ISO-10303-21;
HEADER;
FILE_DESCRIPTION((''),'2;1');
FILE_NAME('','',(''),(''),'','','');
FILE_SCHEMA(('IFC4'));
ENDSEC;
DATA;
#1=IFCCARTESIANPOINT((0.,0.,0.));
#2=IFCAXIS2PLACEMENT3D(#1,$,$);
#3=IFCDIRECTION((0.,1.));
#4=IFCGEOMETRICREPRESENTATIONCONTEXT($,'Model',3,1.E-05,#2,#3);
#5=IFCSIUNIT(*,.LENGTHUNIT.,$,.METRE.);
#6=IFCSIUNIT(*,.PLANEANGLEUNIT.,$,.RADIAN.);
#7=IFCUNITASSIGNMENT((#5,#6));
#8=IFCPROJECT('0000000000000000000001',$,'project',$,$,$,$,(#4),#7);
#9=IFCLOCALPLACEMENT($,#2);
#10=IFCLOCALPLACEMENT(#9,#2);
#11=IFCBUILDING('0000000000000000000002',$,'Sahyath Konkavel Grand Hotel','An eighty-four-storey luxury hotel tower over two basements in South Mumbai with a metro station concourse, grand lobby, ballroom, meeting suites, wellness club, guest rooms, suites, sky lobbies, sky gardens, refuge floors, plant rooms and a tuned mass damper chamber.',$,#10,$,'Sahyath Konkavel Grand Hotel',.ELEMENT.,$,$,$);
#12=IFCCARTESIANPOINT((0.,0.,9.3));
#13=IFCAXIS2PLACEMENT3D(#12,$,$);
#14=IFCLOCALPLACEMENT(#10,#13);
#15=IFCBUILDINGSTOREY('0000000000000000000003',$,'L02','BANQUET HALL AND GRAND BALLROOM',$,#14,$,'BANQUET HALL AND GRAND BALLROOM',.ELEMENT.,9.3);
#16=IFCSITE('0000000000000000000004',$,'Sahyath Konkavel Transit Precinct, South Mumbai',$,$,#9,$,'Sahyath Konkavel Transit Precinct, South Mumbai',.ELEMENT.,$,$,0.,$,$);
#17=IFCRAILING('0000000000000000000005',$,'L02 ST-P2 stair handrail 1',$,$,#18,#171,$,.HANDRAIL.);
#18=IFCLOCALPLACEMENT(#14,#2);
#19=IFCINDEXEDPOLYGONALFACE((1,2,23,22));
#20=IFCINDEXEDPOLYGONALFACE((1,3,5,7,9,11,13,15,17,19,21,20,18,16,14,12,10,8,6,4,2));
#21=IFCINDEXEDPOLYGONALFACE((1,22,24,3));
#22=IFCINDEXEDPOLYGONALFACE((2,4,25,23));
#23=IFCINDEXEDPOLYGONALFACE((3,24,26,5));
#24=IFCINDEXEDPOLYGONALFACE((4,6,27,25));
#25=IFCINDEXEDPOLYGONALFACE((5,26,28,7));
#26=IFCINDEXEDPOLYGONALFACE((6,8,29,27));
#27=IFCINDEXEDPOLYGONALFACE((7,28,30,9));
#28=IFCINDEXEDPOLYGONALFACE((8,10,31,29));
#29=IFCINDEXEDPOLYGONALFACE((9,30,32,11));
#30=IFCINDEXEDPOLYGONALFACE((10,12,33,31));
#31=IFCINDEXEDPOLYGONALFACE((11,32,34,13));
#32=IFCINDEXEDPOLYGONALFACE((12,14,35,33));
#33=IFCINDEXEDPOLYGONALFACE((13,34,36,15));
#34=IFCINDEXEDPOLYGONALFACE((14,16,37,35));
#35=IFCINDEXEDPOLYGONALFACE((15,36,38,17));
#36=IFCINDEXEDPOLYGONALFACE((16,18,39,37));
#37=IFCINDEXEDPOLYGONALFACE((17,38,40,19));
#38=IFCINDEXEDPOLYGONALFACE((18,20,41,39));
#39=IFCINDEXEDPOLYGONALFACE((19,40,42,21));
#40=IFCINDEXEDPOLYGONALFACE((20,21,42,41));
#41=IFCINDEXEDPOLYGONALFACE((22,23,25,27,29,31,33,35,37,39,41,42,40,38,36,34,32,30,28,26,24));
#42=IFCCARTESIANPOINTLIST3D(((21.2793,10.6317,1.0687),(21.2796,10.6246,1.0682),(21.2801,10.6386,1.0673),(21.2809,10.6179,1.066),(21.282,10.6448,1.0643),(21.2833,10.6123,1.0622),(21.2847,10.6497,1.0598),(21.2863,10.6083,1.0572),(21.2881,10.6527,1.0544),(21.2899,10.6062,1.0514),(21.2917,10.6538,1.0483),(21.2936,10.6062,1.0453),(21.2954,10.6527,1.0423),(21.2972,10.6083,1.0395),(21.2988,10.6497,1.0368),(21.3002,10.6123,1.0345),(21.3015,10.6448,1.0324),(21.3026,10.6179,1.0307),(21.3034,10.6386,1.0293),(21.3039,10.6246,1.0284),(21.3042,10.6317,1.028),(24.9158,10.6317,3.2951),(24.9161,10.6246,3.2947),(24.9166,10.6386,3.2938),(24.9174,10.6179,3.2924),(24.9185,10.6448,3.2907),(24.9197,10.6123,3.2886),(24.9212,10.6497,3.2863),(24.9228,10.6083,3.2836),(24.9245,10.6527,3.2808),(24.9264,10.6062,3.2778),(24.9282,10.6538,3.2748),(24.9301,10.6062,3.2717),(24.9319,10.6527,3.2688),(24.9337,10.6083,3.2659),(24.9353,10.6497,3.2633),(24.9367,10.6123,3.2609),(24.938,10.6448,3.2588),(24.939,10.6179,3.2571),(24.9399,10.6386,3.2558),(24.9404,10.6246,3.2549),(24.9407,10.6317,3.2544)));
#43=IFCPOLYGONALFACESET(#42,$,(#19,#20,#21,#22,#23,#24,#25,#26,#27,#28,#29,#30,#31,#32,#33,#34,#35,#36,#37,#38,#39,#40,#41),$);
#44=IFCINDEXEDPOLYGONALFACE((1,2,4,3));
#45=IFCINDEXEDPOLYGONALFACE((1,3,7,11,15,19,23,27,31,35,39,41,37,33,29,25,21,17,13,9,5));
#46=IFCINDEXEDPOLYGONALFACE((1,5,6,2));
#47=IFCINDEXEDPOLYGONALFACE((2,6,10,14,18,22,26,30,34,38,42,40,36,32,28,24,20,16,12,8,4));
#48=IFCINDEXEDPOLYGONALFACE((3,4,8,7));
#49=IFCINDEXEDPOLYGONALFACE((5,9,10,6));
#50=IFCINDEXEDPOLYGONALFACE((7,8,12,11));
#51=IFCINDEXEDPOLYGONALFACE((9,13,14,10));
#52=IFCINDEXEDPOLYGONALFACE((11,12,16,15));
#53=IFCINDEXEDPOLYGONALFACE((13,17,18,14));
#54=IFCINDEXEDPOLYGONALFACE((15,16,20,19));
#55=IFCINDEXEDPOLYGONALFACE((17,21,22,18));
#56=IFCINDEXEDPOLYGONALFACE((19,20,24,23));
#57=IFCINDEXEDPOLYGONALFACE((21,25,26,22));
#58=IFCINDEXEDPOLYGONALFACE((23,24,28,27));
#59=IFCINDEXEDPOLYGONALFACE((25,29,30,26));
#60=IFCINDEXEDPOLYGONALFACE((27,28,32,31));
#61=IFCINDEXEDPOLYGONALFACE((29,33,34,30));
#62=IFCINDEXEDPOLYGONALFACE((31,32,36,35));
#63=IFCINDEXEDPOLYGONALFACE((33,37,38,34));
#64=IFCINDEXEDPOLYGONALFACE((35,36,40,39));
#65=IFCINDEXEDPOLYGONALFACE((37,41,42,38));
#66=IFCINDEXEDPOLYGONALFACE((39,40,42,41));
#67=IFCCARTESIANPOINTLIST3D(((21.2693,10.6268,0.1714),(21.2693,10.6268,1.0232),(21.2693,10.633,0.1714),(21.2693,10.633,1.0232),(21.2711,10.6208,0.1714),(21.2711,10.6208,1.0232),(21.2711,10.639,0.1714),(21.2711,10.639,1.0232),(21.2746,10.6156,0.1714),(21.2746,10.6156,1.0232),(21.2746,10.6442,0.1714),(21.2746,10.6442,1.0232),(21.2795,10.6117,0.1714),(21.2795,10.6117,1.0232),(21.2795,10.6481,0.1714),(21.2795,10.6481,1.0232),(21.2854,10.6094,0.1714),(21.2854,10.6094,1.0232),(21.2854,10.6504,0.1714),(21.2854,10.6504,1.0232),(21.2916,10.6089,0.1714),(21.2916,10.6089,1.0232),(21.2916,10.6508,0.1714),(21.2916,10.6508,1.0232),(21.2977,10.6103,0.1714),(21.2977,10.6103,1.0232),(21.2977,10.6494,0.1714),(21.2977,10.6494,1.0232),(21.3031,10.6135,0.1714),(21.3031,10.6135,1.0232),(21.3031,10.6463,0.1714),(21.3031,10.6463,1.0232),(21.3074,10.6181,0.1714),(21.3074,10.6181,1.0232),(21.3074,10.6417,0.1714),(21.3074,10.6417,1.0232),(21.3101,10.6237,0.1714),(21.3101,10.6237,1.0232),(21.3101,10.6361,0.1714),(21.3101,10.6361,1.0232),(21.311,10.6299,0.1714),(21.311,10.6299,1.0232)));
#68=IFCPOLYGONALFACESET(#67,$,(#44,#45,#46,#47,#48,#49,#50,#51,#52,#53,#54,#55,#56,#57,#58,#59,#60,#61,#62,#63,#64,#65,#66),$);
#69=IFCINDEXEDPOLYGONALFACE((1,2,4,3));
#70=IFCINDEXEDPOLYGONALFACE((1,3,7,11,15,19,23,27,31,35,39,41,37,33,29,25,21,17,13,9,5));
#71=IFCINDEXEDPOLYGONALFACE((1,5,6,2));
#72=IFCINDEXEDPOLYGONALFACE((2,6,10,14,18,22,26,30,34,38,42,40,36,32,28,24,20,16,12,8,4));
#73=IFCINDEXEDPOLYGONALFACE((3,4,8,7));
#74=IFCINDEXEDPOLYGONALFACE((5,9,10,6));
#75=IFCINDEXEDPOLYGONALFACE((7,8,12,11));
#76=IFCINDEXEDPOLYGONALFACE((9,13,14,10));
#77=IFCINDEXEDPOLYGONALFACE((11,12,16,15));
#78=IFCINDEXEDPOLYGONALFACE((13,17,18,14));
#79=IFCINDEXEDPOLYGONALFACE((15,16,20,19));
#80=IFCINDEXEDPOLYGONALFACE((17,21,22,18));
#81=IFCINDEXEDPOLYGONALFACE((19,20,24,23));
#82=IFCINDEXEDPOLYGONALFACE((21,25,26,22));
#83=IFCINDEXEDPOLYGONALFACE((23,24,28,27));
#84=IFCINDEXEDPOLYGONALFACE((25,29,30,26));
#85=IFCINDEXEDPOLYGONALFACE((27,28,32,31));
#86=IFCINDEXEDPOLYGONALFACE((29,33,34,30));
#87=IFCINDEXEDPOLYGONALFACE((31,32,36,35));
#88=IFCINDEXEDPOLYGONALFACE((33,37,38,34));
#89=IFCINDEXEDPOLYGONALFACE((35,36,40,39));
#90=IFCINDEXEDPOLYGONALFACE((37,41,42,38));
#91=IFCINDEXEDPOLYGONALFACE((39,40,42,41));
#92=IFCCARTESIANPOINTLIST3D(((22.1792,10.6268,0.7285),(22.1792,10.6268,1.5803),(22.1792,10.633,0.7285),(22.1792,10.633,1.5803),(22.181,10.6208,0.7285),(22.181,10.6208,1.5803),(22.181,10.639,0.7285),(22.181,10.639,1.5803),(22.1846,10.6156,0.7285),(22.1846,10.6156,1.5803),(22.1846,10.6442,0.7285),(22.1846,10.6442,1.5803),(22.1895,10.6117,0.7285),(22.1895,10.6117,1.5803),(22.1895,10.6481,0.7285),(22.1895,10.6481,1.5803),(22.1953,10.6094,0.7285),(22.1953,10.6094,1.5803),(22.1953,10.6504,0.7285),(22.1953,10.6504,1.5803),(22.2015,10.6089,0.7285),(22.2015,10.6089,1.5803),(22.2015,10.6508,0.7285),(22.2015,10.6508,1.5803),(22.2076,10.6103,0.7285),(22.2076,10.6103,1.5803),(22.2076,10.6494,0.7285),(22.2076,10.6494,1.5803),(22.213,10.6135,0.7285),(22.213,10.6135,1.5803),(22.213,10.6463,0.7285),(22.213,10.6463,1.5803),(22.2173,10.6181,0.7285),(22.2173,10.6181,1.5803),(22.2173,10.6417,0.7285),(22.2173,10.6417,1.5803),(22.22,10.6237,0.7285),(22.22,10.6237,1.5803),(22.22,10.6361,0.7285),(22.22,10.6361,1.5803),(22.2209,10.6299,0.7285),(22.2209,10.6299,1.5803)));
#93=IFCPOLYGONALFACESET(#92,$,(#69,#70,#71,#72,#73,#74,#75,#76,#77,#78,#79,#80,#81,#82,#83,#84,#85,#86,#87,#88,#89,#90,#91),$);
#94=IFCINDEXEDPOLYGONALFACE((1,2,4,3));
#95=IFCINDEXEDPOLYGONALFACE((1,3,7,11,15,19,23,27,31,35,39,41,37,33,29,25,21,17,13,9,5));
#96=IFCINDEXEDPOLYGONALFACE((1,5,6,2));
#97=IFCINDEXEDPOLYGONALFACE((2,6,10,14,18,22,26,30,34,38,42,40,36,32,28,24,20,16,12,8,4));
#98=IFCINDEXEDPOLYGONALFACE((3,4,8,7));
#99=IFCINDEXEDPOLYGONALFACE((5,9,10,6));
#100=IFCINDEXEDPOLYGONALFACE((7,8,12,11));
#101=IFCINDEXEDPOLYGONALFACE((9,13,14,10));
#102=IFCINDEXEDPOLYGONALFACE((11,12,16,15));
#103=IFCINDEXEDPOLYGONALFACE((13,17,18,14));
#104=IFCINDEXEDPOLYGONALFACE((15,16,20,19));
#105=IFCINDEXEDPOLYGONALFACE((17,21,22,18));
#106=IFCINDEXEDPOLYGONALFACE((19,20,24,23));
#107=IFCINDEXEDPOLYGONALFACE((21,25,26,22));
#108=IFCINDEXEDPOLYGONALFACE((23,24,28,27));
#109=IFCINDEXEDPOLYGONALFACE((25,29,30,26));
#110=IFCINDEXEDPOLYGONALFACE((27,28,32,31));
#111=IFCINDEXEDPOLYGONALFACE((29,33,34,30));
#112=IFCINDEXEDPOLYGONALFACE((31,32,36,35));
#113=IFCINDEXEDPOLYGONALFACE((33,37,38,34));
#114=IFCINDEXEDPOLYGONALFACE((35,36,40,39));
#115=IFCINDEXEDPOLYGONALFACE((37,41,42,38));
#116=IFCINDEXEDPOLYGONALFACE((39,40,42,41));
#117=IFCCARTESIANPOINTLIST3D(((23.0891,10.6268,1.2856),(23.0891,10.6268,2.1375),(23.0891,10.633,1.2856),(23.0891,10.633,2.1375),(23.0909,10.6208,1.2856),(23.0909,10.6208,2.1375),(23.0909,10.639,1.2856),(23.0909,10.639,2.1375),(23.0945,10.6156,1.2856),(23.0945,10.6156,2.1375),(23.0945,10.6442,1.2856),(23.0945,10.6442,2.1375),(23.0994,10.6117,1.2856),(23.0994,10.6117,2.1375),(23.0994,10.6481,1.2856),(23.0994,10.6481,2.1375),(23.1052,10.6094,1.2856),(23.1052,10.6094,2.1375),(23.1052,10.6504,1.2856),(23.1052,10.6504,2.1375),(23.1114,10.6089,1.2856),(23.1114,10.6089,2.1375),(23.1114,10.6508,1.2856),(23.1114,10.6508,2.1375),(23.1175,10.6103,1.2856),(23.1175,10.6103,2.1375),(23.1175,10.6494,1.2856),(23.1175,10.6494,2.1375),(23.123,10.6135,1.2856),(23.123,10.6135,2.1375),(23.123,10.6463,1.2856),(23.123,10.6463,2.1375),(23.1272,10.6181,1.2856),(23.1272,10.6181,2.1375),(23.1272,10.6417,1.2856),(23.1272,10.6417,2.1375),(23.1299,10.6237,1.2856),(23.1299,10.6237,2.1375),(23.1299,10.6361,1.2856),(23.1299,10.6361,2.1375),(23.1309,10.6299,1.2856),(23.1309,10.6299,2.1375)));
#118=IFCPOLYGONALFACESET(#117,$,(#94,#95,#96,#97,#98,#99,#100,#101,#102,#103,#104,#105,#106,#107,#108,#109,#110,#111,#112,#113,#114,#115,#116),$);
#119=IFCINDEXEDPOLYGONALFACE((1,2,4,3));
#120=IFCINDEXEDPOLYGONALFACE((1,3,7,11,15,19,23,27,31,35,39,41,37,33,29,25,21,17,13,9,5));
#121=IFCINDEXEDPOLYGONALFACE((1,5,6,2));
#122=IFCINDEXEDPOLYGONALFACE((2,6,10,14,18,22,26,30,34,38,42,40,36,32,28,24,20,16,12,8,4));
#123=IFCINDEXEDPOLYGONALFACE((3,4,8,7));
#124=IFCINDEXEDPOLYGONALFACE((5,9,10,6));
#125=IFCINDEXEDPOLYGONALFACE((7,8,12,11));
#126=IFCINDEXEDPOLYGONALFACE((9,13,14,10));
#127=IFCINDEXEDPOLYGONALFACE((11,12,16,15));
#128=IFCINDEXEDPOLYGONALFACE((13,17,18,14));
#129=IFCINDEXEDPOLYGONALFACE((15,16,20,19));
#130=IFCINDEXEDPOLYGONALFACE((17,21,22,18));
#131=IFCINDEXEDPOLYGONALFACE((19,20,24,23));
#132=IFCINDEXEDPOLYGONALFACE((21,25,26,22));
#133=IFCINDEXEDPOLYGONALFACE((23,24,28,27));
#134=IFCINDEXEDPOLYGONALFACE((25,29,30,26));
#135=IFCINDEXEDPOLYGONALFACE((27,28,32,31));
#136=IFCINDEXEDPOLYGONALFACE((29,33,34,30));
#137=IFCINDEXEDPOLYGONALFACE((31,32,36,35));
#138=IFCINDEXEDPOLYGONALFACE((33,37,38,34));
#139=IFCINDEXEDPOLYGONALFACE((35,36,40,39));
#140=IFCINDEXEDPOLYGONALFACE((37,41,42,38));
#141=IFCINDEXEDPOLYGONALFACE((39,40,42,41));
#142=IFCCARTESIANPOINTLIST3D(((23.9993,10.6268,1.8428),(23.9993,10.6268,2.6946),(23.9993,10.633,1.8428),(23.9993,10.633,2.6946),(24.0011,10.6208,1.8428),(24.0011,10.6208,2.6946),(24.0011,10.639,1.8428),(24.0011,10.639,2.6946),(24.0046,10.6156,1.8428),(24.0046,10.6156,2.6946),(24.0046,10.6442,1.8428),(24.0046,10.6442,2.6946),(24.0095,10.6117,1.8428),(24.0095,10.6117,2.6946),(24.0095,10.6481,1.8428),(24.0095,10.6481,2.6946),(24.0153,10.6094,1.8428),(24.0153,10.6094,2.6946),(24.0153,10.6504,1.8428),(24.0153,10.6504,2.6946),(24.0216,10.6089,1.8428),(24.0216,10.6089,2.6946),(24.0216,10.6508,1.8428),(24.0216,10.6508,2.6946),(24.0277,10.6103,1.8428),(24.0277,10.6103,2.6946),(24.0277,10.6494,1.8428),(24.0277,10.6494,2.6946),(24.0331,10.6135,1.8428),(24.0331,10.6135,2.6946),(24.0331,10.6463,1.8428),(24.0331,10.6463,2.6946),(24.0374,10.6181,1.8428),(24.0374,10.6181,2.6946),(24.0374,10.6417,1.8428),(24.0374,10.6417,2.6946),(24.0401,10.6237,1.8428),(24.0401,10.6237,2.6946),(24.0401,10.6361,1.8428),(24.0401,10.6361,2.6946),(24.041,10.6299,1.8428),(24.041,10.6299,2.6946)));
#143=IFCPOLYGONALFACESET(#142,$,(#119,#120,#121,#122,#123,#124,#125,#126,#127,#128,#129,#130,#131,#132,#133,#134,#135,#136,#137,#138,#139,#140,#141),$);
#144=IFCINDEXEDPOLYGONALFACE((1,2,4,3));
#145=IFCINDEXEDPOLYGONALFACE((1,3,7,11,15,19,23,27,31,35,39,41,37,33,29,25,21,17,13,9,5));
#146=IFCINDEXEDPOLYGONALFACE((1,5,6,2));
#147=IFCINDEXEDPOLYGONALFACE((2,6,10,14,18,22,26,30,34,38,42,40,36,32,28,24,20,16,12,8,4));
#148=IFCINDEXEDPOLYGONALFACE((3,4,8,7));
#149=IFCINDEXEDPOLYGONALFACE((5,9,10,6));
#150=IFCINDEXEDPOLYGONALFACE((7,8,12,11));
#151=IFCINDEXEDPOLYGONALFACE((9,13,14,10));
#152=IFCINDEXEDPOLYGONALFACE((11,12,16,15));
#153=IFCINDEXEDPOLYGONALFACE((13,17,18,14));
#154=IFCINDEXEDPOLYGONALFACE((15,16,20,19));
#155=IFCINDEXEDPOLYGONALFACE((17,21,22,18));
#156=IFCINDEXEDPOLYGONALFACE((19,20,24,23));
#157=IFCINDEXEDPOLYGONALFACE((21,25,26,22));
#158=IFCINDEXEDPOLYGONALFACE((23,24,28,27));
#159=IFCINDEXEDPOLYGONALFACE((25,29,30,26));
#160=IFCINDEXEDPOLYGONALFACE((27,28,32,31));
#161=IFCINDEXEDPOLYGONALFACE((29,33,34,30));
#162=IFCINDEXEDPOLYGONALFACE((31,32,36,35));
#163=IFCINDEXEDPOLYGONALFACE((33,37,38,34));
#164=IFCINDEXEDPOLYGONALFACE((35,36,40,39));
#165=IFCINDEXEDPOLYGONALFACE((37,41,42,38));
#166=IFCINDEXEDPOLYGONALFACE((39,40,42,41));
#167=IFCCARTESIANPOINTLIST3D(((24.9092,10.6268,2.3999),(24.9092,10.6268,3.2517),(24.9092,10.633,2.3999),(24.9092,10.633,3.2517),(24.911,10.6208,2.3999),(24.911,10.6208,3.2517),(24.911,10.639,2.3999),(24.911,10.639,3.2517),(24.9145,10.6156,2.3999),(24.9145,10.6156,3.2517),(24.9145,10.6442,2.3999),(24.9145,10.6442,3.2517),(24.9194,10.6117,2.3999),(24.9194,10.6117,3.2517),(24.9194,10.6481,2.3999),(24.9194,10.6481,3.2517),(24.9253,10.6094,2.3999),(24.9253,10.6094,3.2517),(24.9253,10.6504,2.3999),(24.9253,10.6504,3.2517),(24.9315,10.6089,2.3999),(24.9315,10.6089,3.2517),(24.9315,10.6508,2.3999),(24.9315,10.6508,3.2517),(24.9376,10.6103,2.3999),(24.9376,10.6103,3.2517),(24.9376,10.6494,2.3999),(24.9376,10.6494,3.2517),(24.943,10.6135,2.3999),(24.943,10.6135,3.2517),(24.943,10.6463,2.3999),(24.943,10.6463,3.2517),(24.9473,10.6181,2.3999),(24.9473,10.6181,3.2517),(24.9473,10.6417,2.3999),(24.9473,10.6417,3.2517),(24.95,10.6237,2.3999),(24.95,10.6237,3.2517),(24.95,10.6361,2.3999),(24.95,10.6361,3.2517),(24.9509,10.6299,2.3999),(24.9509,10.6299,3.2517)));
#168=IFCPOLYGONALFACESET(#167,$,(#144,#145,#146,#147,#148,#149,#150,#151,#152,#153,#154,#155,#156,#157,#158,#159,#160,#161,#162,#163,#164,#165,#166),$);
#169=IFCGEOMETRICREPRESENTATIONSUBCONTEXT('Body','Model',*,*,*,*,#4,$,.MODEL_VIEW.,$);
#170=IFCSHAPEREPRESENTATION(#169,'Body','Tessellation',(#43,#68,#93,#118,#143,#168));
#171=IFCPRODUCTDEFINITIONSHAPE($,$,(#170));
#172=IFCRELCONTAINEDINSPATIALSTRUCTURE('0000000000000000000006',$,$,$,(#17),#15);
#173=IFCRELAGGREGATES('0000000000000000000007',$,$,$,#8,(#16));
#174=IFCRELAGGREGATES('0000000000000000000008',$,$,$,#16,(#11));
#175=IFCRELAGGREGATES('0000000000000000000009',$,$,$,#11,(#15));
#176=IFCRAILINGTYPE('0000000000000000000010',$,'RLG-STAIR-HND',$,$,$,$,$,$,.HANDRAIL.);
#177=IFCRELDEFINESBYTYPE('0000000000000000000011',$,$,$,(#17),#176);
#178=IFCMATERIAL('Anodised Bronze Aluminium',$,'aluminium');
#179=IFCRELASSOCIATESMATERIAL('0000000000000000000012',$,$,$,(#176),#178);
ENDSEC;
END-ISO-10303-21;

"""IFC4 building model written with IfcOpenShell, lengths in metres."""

from ifc_helpers import new_model, si_unit, direction, frame, origin, origin_2d, place, context, subcontext, project, spatial, circle, extrude, material, type_object, element, save


model = new_model("IFC4")

# Units and contexts
model_context = context("Model", 3, precision=1e-05, world=origin(), true_north=direction((0.0, 1.0)))
body_context = subcontext(model_context, "Body", "Model", "MODEL_VIEW")
ifc_project = project(units=[si_unit("LENGTHUNIT", "METRE"), si_unit("PLANEANGLEUNIT", "RADIAN")], contexts=[model_context])

# Site, building, storey
site_placement = place(None, origin())
site = spatial("IfcSite", under=ifc_project, at=site_placement, Name="Sahyath Konkavel Transit Precinct, South Mumbai", LongName="Sahyath Konkavel Transit Precinct, South Mumbai", CompositionType="ELEMENT", RefElevation=0.0)
building_placement = place(site_placement, origin())
building = spatial("IfcBuilding", under=site, at=building_placement, Name="Sahyath Konkavel Grand Hotel", Description="An eighty-four-storey luxury hotel tower over two basements in South Mumbai with a metro station concourse, grand lobby, ballroom, meeting suites, wellness club, guest rooms, suites, sky lobbies, sky gardens, refuge floors, plant rooms and a tuned mass damper chamber.", LongName="Sahyath Konkavel Grand Hotel", CompositionType="ELEMENT")
storey_placement = place(building_placement, frame((0.0, 0.0, 9.3)))
storey = spatial("IfcBuildingStorey", under=building, at=storey_placement, Name="L02", Description="BANQUET HALL AND GRAND BALLROOM", LongName="BANQUET HALL AND GRAND BALLROOM", CompositionType="ELEMENT", Elevation=9.3)

# Shared definitions
ifc_material_1 = material(Name="Anodised Bronze Aluminium", Category="aluminium")

# Railing
railing_type_1 = type_object("IfcRailingType", Name="RLG-STAIR-HND", PredefinedType="HANDRAIL", material=ifc_material_1)
railing_1_placement = place(storey_placement, frame((21.29, 10.6299, 0.1714)))
element("IfcRailing", 1, at=railing_1_placement, inside=storey, type_object=railing_type_1, Name="L02 ST-P2 stair handrail 1", PredefinedType="HANDRAIL", context=body_context, shape_type="SweptSolid", body=[
    extrude(circle(Radius=0.0239, at=origin_2d()), frame((0.0017, 0.0, 0.877), z_axis=(0.85285, 0.0, 0.522156), x_axis=(0.0, 1.0, 0.0)), (0.0, 0.0, 1.0), 4.2639),
    extrude(circle(Radius=0.021, at=origin_2d()), origin(), (0.0, 0.0, 1.0), 0.8518),
    extrude(circle(Radius=0.021, at=origin_2d()), frame((0.9099, 0.0, 0.5571)), (0.0, 0.0, 1.0), 0.8518),
    extrude(circle(Radius=0.021, at=origin_2d()), frame((1.8198, 0.0, 1.1143)), (0.0, 0.0, 1.0), 0.8518),
    extrude(circle(Radius=0.021, at=origin_2d()), frame((2.73, 0.0, 1.6714)), (0.0, 0.0, 1.0), 0.8518),
    extrude(circle(Radius=0.021, at=origin_2d()), frame((3.6399, 0.0, 2.2285)), (0.0, 0.0, 1.0), 0.8518),
])

save(model, "model.ifc")
